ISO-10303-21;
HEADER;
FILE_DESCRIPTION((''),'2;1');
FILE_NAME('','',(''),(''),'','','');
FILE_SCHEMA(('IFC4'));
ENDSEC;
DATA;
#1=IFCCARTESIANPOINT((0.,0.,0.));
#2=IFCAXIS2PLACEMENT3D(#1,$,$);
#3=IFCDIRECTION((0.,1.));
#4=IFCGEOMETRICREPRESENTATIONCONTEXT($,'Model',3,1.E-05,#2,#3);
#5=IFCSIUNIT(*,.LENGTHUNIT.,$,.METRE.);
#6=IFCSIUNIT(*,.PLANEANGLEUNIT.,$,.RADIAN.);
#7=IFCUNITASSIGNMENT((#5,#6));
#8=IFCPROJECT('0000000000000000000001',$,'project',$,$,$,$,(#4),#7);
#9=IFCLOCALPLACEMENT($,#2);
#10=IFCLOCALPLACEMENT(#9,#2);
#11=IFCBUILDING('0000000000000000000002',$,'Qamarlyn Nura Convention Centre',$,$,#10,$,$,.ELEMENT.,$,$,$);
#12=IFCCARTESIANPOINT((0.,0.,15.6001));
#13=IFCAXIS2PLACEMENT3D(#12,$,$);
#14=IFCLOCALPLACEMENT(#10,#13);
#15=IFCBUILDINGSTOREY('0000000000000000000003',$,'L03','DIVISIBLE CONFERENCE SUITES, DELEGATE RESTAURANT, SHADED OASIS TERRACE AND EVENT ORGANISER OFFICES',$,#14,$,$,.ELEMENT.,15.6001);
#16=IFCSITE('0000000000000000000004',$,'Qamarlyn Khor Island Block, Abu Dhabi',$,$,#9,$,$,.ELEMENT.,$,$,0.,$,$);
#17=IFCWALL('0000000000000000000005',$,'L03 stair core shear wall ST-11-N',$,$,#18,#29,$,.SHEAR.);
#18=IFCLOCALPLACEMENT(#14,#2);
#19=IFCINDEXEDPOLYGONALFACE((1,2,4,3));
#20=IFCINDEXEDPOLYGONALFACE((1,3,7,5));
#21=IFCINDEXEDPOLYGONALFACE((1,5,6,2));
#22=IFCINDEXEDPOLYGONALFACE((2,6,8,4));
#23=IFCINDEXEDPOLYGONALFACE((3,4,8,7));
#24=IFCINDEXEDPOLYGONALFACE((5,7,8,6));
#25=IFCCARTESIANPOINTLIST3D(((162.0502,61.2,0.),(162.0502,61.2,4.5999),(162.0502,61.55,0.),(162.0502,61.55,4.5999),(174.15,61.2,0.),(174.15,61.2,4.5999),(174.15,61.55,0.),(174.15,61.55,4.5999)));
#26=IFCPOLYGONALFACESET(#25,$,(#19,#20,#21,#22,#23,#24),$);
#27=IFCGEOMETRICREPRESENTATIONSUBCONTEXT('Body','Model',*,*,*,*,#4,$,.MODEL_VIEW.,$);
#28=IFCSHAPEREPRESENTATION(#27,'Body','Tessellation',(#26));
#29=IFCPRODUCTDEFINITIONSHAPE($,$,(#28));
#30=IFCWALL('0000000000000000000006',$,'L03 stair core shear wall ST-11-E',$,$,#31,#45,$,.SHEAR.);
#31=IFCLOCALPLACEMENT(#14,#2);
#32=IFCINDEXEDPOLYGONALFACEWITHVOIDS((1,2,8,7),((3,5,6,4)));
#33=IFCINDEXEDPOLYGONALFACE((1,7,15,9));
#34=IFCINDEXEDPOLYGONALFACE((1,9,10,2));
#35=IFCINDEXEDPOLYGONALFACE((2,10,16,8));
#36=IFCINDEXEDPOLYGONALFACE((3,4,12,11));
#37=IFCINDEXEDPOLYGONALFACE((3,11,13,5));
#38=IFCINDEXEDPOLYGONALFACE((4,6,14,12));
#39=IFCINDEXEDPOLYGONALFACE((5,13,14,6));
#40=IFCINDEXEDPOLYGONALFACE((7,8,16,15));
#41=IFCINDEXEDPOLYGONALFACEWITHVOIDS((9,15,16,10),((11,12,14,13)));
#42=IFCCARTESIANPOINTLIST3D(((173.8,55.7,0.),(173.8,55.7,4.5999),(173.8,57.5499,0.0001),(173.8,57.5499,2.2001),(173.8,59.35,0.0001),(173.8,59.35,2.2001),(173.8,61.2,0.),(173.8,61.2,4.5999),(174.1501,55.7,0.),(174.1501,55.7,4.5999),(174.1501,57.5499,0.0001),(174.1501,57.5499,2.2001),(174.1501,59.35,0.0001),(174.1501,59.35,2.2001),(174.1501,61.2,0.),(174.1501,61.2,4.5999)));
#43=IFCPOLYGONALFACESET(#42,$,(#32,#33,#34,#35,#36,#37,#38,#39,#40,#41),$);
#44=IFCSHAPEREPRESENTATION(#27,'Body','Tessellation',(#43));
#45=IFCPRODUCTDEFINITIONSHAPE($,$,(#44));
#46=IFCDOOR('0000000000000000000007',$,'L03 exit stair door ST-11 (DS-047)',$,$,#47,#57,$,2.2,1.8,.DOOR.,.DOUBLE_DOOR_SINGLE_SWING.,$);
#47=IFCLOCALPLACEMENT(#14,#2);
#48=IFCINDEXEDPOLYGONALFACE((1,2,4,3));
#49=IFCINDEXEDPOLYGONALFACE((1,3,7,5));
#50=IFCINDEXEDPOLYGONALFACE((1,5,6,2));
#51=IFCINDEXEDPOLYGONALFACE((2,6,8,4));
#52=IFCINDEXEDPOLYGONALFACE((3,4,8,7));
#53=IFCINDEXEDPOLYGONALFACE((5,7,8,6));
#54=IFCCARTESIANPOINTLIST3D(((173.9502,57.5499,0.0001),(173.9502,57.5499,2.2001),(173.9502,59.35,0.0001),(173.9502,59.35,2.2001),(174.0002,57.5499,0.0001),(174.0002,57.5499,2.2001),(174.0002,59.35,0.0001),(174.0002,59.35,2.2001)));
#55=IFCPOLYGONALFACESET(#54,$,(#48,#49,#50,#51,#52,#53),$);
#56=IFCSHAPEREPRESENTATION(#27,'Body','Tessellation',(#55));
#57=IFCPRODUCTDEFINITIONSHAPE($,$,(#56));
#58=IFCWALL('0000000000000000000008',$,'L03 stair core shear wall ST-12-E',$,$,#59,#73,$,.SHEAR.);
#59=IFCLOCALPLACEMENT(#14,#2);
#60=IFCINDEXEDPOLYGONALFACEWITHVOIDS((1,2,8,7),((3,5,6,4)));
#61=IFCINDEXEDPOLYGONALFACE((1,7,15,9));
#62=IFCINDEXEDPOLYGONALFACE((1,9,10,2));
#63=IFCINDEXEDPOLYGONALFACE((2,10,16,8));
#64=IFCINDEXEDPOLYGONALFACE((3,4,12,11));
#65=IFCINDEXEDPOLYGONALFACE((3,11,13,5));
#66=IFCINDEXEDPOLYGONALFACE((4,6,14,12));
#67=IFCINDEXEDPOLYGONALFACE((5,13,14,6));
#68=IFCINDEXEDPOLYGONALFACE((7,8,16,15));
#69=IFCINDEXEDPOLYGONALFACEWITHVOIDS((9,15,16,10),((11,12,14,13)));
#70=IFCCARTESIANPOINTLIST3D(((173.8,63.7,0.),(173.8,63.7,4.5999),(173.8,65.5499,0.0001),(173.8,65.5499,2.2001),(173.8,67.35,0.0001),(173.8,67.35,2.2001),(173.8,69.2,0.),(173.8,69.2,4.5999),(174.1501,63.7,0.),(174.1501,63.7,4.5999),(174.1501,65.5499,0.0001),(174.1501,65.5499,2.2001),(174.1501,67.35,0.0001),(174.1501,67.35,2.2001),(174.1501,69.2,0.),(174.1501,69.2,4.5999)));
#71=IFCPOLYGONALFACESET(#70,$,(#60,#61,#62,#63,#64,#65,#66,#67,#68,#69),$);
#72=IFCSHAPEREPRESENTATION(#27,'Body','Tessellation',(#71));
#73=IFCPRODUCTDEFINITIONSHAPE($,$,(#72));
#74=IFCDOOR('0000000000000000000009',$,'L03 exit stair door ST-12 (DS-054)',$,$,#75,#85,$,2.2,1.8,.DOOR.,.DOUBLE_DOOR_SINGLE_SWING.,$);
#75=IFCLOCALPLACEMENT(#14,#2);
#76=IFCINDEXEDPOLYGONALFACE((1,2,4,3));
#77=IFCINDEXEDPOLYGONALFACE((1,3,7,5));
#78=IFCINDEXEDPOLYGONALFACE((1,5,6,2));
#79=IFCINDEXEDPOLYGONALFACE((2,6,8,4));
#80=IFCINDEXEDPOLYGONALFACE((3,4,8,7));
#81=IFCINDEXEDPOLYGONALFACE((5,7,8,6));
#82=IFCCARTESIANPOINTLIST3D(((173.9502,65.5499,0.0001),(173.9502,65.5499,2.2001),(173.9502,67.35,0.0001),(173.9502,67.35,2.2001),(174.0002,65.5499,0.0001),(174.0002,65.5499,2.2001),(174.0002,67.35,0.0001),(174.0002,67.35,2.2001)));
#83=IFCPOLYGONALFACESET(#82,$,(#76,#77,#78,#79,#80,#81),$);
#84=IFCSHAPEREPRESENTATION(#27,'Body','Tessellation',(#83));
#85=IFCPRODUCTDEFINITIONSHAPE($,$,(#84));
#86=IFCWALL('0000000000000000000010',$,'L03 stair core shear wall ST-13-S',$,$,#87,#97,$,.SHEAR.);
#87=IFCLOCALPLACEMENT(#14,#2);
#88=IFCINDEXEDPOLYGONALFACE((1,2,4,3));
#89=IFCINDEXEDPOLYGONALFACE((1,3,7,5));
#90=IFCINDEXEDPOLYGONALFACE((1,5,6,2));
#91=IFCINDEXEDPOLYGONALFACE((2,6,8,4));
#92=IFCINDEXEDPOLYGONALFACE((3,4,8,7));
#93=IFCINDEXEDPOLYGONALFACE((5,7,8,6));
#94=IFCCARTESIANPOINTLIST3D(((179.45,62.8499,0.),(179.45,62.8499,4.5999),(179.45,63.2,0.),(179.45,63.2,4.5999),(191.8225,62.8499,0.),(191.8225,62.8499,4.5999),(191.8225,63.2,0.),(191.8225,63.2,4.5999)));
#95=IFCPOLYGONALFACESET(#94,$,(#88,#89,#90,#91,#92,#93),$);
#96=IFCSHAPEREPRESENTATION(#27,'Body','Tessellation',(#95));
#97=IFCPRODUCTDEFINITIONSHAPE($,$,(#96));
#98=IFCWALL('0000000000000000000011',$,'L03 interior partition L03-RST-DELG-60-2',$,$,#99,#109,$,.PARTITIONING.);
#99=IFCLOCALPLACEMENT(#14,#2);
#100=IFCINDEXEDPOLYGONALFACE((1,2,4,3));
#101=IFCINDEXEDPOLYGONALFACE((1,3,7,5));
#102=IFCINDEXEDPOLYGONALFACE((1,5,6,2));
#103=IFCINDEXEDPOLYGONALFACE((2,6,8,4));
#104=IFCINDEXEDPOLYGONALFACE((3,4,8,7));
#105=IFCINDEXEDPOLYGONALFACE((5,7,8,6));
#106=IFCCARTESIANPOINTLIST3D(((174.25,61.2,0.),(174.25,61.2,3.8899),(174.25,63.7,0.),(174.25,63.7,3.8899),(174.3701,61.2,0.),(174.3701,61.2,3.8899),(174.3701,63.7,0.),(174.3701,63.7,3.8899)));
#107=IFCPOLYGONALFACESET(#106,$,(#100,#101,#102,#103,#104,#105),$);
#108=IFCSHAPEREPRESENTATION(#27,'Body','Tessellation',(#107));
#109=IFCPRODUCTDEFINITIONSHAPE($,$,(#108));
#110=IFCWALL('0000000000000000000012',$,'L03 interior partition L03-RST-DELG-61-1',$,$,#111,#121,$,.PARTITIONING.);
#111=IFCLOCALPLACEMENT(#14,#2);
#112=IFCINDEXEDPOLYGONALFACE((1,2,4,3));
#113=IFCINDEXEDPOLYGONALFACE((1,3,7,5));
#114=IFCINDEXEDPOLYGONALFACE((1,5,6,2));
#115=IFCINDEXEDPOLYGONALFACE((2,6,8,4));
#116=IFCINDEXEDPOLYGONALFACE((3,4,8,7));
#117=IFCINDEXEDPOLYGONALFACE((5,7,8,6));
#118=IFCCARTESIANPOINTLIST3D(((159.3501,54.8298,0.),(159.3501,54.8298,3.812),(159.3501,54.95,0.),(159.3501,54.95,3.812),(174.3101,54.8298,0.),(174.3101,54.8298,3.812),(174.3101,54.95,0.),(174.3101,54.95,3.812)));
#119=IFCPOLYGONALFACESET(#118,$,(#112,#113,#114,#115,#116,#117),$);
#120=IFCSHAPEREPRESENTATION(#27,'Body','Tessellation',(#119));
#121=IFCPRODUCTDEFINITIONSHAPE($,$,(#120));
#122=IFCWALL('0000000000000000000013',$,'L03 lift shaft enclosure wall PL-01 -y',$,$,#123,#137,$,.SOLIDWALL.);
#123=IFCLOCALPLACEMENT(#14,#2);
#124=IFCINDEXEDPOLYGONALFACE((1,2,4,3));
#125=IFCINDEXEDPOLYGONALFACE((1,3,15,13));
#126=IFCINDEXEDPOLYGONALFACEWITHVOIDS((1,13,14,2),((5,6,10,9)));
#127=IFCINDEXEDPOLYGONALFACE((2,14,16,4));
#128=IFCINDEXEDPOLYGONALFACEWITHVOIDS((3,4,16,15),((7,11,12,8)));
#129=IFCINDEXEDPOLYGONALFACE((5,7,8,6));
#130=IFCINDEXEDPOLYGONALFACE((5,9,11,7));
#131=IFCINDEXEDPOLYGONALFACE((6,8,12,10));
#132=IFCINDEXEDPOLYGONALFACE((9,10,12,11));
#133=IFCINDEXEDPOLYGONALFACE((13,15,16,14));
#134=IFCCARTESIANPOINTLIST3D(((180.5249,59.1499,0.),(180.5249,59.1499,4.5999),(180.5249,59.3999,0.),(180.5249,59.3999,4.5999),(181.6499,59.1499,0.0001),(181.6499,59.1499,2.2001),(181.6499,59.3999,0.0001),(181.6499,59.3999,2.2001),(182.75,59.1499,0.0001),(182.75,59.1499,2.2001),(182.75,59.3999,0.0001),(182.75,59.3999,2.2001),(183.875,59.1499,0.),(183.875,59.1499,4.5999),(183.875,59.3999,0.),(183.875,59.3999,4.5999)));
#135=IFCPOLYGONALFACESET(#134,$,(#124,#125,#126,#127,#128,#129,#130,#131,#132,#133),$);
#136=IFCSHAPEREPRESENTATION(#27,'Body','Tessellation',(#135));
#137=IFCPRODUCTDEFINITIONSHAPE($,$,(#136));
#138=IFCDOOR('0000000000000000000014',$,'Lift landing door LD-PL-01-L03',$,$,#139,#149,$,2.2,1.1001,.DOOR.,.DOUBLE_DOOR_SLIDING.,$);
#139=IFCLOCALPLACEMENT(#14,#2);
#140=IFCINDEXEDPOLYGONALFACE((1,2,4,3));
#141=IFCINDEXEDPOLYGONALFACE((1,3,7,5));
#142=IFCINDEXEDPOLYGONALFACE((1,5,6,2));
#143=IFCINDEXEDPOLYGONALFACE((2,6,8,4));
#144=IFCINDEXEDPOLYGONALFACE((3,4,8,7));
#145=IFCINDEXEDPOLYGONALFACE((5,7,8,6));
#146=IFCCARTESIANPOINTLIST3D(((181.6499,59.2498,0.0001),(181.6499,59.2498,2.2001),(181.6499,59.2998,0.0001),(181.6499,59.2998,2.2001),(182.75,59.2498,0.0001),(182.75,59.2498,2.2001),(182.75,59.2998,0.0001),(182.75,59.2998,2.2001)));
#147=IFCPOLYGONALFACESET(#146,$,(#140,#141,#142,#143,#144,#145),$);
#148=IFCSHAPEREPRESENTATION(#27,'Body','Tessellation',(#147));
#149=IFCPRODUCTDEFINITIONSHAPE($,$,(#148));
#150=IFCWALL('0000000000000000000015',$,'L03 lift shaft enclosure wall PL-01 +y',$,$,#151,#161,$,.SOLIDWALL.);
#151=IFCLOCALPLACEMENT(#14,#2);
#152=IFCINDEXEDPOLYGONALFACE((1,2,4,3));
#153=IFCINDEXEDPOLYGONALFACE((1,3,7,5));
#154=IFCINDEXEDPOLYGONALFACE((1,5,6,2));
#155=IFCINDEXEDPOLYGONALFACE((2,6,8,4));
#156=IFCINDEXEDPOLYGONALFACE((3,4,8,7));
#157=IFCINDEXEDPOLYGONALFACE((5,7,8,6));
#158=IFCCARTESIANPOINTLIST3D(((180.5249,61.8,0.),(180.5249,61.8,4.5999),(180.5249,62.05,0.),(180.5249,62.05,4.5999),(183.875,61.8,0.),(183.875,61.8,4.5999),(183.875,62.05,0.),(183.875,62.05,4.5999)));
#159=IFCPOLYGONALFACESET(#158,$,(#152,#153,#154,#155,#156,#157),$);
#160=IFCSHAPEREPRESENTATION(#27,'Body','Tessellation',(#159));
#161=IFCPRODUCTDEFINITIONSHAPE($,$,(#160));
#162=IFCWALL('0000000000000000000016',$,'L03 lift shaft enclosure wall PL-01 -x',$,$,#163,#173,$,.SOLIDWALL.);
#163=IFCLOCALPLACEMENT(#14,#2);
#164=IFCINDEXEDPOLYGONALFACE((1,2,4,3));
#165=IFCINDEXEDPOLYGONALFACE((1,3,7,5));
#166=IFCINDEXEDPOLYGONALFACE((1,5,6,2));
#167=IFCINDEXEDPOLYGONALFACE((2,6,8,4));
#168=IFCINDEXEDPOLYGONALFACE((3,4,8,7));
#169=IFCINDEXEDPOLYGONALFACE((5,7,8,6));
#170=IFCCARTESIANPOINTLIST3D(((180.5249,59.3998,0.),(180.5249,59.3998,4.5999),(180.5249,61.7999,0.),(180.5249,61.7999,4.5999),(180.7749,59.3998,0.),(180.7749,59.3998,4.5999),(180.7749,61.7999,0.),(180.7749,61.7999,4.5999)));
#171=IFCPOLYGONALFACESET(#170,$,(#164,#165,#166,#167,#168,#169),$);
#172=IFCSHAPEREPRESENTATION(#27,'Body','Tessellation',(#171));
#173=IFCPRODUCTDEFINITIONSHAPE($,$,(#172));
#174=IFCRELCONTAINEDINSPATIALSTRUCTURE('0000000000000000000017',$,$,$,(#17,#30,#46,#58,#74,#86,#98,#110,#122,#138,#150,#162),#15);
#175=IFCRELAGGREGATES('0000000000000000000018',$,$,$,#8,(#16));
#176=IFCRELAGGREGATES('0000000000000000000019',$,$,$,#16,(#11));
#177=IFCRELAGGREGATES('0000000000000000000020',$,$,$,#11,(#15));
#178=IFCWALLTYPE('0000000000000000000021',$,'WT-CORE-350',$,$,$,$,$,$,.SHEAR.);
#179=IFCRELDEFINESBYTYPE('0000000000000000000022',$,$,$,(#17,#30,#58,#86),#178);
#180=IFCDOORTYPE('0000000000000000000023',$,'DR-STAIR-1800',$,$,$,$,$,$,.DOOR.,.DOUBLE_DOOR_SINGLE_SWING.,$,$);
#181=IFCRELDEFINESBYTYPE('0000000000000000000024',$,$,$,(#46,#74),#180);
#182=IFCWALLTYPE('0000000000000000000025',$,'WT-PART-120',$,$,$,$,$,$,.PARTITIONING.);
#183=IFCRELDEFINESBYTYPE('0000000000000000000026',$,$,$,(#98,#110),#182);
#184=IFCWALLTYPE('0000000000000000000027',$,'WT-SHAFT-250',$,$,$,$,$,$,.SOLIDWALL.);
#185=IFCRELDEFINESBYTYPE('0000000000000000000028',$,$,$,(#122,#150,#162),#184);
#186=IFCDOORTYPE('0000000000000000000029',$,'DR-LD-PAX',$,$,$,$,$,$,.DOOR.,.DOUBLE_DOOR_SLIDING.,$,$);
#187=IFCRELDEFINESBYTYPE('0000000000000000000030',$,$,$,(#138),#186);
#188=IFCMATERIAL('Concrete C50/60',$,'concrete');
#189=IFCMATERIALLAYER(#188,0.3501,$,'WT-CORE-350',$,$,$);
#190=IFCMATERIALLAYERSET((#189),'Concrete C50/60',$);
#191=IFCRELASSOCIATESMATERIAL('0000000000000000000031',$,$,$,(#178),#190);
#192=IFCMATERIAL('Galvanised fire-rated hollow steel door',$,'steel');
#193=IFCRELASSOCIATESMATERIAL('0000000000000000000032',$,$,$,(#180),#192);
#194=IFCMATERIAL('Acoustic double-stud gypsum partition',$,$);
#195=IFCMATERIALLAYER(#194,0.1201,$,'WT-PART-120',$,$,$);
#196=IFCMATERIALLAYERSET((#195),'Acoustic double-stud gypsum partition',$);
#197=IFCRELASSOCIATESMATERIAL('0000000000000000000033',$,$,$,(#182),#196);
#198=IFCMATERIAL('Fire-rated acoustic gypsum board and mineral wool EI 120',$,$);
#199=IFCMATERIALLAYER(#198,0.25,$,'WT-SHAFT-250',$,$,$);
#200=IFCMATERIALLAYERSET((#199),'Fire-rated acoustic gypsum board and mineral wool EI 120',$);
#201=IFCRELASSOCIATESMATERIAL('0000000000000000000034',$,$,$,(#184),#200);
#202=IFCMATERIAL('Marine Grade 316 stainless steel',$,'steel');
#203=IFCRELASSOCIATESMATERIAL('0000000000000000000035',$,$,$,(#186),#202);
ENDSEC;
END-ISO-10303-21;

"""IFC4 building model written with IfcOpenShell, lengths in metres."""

from ifc_helpers import new_model, si_unit, direction, frame, frame_2d, origin, place, context, subcontext, project, spatial, rectangle, extrude, material, layer, layer_set, type_object, element, fill, save


model = new_model("IFC4")

# Units and contexts
model_context = context("Model", 3, precision=1e-05, world=origin(), true_north=direction((0.0, 1.0)))
body_context = subcontext(model_context, "Body", "Model", "MODEL_VIEW")
ifc_project = project(units=[si_unit("LENGTHUNIT", "METRE"), si_unit("PLANEANGLEUNIT", "RADIAN")], contexts=[model_context])

# Site, building, storey
site_placement = place(None, origin())
site = spatial("IfcSite", under=ifc_project, at=site_placement, Name="Qamarlyn Khor Island Block, Abu Dhabi", CompositionType="ELEMENT", RefElevation=0.0)
building_placement = place(site_placement, origin())
building = spatial("IfcBuilding", under=site, at=building_placement, Name="Qamarlyn Nura Convention Centre", CompositionType="ELEMENT")
storey_placement = place(building_placement, frame((0.0, 0.0, 15.6001)))
storey = spatial("IfcBuildingStorey", under=building, at=storey_placement, Name="L03", Description="DIVISIBLE CONFERENCE SUITES, DELEGATE RESTAURANT, SHADED OASIS TERRACE AND EVENT ORGANISER OFFICES", CompositionType="ELEMENT", Elevation=15.6001)

# Wall
ifc_material_1 = material(Name="Concrete C50/60", Category="concrete")
ifc_layer_1 = layer(ifc_material_1, 0.3501, Name="WT-CORE-350")
ifc_layer_set_1 = layer_set([ifc_layer_1], Name="Concrete C50/60")
wall_type_1 = type_object("IfcWallType", Name="WT-CORE-350", PredefinedType="SHEAR", material=ifc_layer_set_1)
wall_1_placement = place(storey_placement, frame((174.1499, 61.375, 0.0), z_axis=(0.0, 0.0, 1.0), x_axis=(-1.0, 0.0, 0.0)))
element("IfcWall", 1, at=wall_1_placement, inside=storey, type_object=wall_type_1, Name="L03 stair core shear wall ST-11-N", PredefinedType="SHEAR", context=body_context, shape_type="SweptSolid", body=[
    extrude(rectangle(XDim=12.0999, YDim=0.3501, at=frame_2d((6.0498, 0.0))), origin(), (0.0, 0.0, 1.0), 4.5999),
])

# Walls, openings, doors
wall_2_placement = place(storey_placement, frame((173.9751, 55.7, 0.0), z_axis=(0.0, 0.0, 1.0), x_axis=(0.0, 1.0, 0.0)))
wall_2 = element("IfcWall", 2, at=wall_2_placement, inside=storey, type_object=wall_type_1, Name="L03 stair core shear wall ST-11-E", PredefinedType="SHEAR", context=body_context, shape_type="SweptSolid", body=[
    extrude(rectangle(XDim=5.5, YDim=0.3501, at=frame_2d((2.75, 0.0))), origin(), (0.0, 0.0, 1.0), 4.5999),
])
opening_1_placement = place(wall_2_placement, frame((1.8501, 0.0, 0.0)))
opening_1 = element("IfcOpeningElement", 3, at=opening_1_placement, cuts=wall_2, PredefinedType="OPENING", context=body_context, shape_type="SweptSolid", body=[
    extrude(rectangle(XDim=1.8, YDim=2.2, at=frame_2d((0.8999, 1.1001))), frame((0.0, 0.1851, 0.0), z_axis=(0.0, -1.0, 0.0), x_axis=(1.0, 0.0, 0.0)), (0.0, 0.0, 1.0), 0.3701),
])
ifc_material_2 = material(Name="Galvanised fire-rated hollow steel door", Category="steel")
door_type_1 = type_object("IfcDoorType", Name="DR-STAIR-1800", OperationType="DOUBLE_DOOR_SINGLE_SWING", PredefinedType="DOOR", material=ifc_material_2)
door_1_placement = place(opening_1_placement, origin())
door_1 = element("IfcDoor", 4, at=door_1_placement, inside=storey, type_object=door_type_1, Name="L03 exit stair door ST-11 (DS-047)", OperationType="DOUBLE_DOOR_SINGLE_SWING", OverallHeight=2.2, OverallWidth=1.8, PredefinedType="DOOR", context=body_context, shape_type="SweptSolid", body=[
    extrude(rectangle(XDim=1.8, YDim=2.2, at=frame_2d((0.8999, 1.1001))), frame((0.0, 0.0249, 0.0), z_axis=(0.0, -1.0, 0.0), x_axis=(1.0, 0.0, 0.0)), (0.0, 0.0, 1.0), 0.05),
])
fill(opening_1, door_1)
wall_3_placement = place(storey_placement, frame((173.9751, 63.7, 0.0), z_axis=(0.0, 0.0, 1.0), x_axis=(0.0, 1.0, 0.0)))
wall_3 = element("IfcWall", 5, at=wall_3_placement, inside=storey, type_object=wall_type_1, Name="L03 stair core shear wall ST-12-E", PredefinedType="SHEAR", context=body_context, shape_type="SweptSolid", body=[
    extrude(rectangle(XDim=5.5, YDim=0.3501, at=frame_2d((2.75, 0.0))), origin(), (0.0, 0.0, 1.0), 4.5999),
])
opening_2_placement = place(wall_3_placement, frame((1.8501, 0.0, 0.0)))
opening_2 = element("IfcOpeningElement", 6, at=opening_2_placement, cuts=wall_3, PredefinedType="OPENING", context=body_context, shape_type="SweptSolid", body=[
    extrude(rectangle(XDim=1.8, YDim=2.2, at=frame_2d((0.8999, 1.1001))), frame((0.0, 0.1851, 0.0), z_axis=(0.0, -1.0, 0.0), x_axis=(1.0, 0.0, 0.0)), (0.0, 0.0, 1.0), 0.3701),
])
door_2_placement = place(opening_2_placement, origin())
door_2 = element("IfcDoor", 7, at=door_2_placement, inside=storey, type_object=door_type_1, Name="L03 exit stair door ST-12 (DS-054)", OperationType="DOUBLE_DOOR_SINGLE_SWING", OverallHeight=2.2, OverallWidth=1.8, PredefinedType="DOOR", context=body_context, shape_type="SweptSolid", body=[
    extrude(rectangle(XDim=1.8, YDim=2.2, at=frame_2d((0.8999, 1.1001))), frame((0.0, 0.0249, 0.0), z_axis=(0.0, -1.0, 0.0), x_axis=(1.0, 0.0, 0.0)), (0.0, 0.0, 1.0), 0.05),
])
fill(opening_2, door_2)

# Walls
wall_4_placement = place(storey_placement, frame((179.45, 63.0249, 0.0), z_axis=(0.0, 0.0, 1.0), x_axis=(1.0, 0.0, 0.0)))
element("IfcWall", 8, at=wall_4_placement, inside=storey, type_object=wall_type_1, Name="L03 stair core shear wall ST-13-S", PredefinedType="SHEAR", context=body_context, shape_type="SweptSolid", body=[
    extrude(rectangle(XDim=12.3726, YDim=0.3501, at=frame_2d((6.1863, 0.0))), origin(), (0.0, 0.0, 1.0), 4.5999),
])
ifc_material_3 = material(Name="Acoustic double-stud gypsum partition")
ifc_layer_2 = layer(ifc_material_3, 0.1201, Name="WT-PART-120")
ifc_layer_set_2 = layer_set([ifc_layer_2], Name="Acoustic double-stud gypsum partition")
wall_type_2 = type_object("IfcWallType", Name="WT-PART-120", PredefinedType="PARTITIONING", material=ifc_layer_set_2)
wall_5_placement = place(storey_placement, frame((174.3101, 63.7, 0.0), z_axis=(0.0, 0.0, 1.0), x_axis=(0.0, -1.0, 0.0)))
element("IfcWall", 9, at=wall_5_placement, inside=storey, type_object=wall_type_2, Name="L03 interior partition L03-RST-DELG-60-2", PredefinedType="PARTITIONING", context=body_context, shape_type="SweptSolid", body=[
    extrude(rectangle(XDim=2.5, YDim=0.1201, at=frame_2d((1.25, 0.0))), origin(), (0.0, 0.0, 1.0), 3.8899),
])
wall_6_placement = place(storey_placement, frame((174.3101, 54.8899, 0.0), z_axis=(0.0, 0.0, 1.0), x_axis=(-1.0, 0.0, 0.0)))
element("IfcWall", 10, at=wall_6_placement, inside=storey, type_object=wall_type_2, Name="L03 interior partition L03-RST-DELG-61-1", PredefinedType="PARTITIONING", context=body_context, shape_type="SweptSolid", body=[
    extrude(rectangle(XDim=14.96, YDim=0.1201, at=frame_2d((7.48, 0.0))), origin(), (0.0, 0.0, 1.0), 3.812),
])

# Wall, opening, door
ifc_material_4 = material(Name="Fire-rated acoustic gypsum board and mineral wool EI 120")
ifc_layer_3 = layer(ifc_material_4, 0.25, Name="WT-SHAFT-250")
ifc_layer_set_3 = layer_set([ifc_layer_3], Name="Fire-rated acoustic gypsum board and mineral wool EI 120")
wall_type_3 = type_object("IfcWallType", Name="WT-SHAFT-250", PredefinedType="SOLIDWALL", material=ifc_layer_set_3)
wall_7_placement = place(storey_placement, frame((180.5249, 59.2749, 0.0), z_axis=(0.0, 0.0, 1.0), x_axis=(1.0, 0.0, 0.0)))
wall_7 = element("IfcWall", 11, at=wall_7_placement, inside=storey, type_object=wall_type_3, Name="L03 lift shaft enclosure wall PL-01 -y", PredefinedType="SOLIDWALL", context=body_context, shape_type="SweptSolid", body=[
    extrude(rectangle(XDim=3.3501, YDim=0.25, at=frame_2d((1.675, 0.0))), origin(), (0.0, 0.0, 1.0), 4.5999),
])
opening_3_placement = place(wall_7_placement, frame((1.125, 0.0, 0.0)))
opening_3 = element("IfcOpeningElement", 12, at=opening_3_placement, cuts=wall_7, PredefinedType="OPENING", context=body_context, shape_type="SweptSolid", body=[
    extrude(rectangle(XDim=1.1001, YDim=2.2, at=frame_2d((0.55, 1.1001))), frame((0.0, 0.135, 0.0), z_axis=(0.0, -1.0, 0.0), x_axis=(1.0, 0.0, 0.0)), (0.0, 0.0, 1.0), 0.27),
])
ifc_material_5 = material(Name="Marine Grade 316 stainless steel", Category="steel")
door_type_2 = type_object("IfcDoorType", Name="DR-LD-PAX", OperationType="DOUBLE_DOOR_SLIDING", PredefinedType="DOOR", material=ifc_material_5)
door_3_placement = place(opening_3_placement, origin())
door_3 = element("IfcDoor", 13, at=door_3_placement, inside=storey, type_object=door_type_2, Name="Lift landing door LD-PL-01-L03", OperationType="DOUBLE_DOOR_SLIDING", OverallHeight=2.2, OverallWidth=1.1001, PredefinedType="DOOR", context=body_context, shape_type="SweptSolid", body=[
    extrude(rectangle(XDim=1.1001, YDim=2.2, at=frame_2d((0.55, 1.1001))), frame((0.0, 0.0249, 0.0), z_axis=(0.0, -1.0, 0.0), x_axis=(1.0, 0.0, 0.0)), (0.0, 0.0, 1.0), 0.05),
])
fill(opening_3, door_3)

# Walls
wall_8_placement = place(storey_placement, frame((183.875, 61.925, 0.0), z_axis=(0.0, 0.0, 1.0), x_axis=(-1.0, 0.0, 0.0)))
element("IfcWall", 14, at=wall_8_placement, inside=storey, type_object=wall_type_3, Name="L03 lift shaft enclosure wall PL-01 +y", PredefinedType="SOLIDWALL", context=body_context, shape_type="SweptSolid", body=[
    extrude(rectangle(XDim=3.3501, YDim=0.25, at=frame_2d((1.675, 0.0))), origin(), (0.0, 0.0, 1.0), 4.5999),
])
for number, where, z_axis, x_axis, name in (
    (15, (180.6499, 61.8, 0.0), (0.0, 0.0, 1.0), (0.0, -1.0, 0.0), "L03 lift shaft enclosure wall PL-01 -x"),
):
    element("IfcWall", number, at=place(storey_placement, frame(where, z_axis=z_axis, x_axis=x_axis)), inside=storey, type_object=wall_type_3, Name=name, PredefinedType="SOLIDWALL", context=body_context, shape_type="SweptSolid", body=[
        extrude(rectangle(XDim=2.4001, YDim=0.25, at=frame_2d((1.2002, 0.0))), origin(), (0.0, 0.0, 1.0), 4.5999),
    ])

save(model, "model.ifc")
